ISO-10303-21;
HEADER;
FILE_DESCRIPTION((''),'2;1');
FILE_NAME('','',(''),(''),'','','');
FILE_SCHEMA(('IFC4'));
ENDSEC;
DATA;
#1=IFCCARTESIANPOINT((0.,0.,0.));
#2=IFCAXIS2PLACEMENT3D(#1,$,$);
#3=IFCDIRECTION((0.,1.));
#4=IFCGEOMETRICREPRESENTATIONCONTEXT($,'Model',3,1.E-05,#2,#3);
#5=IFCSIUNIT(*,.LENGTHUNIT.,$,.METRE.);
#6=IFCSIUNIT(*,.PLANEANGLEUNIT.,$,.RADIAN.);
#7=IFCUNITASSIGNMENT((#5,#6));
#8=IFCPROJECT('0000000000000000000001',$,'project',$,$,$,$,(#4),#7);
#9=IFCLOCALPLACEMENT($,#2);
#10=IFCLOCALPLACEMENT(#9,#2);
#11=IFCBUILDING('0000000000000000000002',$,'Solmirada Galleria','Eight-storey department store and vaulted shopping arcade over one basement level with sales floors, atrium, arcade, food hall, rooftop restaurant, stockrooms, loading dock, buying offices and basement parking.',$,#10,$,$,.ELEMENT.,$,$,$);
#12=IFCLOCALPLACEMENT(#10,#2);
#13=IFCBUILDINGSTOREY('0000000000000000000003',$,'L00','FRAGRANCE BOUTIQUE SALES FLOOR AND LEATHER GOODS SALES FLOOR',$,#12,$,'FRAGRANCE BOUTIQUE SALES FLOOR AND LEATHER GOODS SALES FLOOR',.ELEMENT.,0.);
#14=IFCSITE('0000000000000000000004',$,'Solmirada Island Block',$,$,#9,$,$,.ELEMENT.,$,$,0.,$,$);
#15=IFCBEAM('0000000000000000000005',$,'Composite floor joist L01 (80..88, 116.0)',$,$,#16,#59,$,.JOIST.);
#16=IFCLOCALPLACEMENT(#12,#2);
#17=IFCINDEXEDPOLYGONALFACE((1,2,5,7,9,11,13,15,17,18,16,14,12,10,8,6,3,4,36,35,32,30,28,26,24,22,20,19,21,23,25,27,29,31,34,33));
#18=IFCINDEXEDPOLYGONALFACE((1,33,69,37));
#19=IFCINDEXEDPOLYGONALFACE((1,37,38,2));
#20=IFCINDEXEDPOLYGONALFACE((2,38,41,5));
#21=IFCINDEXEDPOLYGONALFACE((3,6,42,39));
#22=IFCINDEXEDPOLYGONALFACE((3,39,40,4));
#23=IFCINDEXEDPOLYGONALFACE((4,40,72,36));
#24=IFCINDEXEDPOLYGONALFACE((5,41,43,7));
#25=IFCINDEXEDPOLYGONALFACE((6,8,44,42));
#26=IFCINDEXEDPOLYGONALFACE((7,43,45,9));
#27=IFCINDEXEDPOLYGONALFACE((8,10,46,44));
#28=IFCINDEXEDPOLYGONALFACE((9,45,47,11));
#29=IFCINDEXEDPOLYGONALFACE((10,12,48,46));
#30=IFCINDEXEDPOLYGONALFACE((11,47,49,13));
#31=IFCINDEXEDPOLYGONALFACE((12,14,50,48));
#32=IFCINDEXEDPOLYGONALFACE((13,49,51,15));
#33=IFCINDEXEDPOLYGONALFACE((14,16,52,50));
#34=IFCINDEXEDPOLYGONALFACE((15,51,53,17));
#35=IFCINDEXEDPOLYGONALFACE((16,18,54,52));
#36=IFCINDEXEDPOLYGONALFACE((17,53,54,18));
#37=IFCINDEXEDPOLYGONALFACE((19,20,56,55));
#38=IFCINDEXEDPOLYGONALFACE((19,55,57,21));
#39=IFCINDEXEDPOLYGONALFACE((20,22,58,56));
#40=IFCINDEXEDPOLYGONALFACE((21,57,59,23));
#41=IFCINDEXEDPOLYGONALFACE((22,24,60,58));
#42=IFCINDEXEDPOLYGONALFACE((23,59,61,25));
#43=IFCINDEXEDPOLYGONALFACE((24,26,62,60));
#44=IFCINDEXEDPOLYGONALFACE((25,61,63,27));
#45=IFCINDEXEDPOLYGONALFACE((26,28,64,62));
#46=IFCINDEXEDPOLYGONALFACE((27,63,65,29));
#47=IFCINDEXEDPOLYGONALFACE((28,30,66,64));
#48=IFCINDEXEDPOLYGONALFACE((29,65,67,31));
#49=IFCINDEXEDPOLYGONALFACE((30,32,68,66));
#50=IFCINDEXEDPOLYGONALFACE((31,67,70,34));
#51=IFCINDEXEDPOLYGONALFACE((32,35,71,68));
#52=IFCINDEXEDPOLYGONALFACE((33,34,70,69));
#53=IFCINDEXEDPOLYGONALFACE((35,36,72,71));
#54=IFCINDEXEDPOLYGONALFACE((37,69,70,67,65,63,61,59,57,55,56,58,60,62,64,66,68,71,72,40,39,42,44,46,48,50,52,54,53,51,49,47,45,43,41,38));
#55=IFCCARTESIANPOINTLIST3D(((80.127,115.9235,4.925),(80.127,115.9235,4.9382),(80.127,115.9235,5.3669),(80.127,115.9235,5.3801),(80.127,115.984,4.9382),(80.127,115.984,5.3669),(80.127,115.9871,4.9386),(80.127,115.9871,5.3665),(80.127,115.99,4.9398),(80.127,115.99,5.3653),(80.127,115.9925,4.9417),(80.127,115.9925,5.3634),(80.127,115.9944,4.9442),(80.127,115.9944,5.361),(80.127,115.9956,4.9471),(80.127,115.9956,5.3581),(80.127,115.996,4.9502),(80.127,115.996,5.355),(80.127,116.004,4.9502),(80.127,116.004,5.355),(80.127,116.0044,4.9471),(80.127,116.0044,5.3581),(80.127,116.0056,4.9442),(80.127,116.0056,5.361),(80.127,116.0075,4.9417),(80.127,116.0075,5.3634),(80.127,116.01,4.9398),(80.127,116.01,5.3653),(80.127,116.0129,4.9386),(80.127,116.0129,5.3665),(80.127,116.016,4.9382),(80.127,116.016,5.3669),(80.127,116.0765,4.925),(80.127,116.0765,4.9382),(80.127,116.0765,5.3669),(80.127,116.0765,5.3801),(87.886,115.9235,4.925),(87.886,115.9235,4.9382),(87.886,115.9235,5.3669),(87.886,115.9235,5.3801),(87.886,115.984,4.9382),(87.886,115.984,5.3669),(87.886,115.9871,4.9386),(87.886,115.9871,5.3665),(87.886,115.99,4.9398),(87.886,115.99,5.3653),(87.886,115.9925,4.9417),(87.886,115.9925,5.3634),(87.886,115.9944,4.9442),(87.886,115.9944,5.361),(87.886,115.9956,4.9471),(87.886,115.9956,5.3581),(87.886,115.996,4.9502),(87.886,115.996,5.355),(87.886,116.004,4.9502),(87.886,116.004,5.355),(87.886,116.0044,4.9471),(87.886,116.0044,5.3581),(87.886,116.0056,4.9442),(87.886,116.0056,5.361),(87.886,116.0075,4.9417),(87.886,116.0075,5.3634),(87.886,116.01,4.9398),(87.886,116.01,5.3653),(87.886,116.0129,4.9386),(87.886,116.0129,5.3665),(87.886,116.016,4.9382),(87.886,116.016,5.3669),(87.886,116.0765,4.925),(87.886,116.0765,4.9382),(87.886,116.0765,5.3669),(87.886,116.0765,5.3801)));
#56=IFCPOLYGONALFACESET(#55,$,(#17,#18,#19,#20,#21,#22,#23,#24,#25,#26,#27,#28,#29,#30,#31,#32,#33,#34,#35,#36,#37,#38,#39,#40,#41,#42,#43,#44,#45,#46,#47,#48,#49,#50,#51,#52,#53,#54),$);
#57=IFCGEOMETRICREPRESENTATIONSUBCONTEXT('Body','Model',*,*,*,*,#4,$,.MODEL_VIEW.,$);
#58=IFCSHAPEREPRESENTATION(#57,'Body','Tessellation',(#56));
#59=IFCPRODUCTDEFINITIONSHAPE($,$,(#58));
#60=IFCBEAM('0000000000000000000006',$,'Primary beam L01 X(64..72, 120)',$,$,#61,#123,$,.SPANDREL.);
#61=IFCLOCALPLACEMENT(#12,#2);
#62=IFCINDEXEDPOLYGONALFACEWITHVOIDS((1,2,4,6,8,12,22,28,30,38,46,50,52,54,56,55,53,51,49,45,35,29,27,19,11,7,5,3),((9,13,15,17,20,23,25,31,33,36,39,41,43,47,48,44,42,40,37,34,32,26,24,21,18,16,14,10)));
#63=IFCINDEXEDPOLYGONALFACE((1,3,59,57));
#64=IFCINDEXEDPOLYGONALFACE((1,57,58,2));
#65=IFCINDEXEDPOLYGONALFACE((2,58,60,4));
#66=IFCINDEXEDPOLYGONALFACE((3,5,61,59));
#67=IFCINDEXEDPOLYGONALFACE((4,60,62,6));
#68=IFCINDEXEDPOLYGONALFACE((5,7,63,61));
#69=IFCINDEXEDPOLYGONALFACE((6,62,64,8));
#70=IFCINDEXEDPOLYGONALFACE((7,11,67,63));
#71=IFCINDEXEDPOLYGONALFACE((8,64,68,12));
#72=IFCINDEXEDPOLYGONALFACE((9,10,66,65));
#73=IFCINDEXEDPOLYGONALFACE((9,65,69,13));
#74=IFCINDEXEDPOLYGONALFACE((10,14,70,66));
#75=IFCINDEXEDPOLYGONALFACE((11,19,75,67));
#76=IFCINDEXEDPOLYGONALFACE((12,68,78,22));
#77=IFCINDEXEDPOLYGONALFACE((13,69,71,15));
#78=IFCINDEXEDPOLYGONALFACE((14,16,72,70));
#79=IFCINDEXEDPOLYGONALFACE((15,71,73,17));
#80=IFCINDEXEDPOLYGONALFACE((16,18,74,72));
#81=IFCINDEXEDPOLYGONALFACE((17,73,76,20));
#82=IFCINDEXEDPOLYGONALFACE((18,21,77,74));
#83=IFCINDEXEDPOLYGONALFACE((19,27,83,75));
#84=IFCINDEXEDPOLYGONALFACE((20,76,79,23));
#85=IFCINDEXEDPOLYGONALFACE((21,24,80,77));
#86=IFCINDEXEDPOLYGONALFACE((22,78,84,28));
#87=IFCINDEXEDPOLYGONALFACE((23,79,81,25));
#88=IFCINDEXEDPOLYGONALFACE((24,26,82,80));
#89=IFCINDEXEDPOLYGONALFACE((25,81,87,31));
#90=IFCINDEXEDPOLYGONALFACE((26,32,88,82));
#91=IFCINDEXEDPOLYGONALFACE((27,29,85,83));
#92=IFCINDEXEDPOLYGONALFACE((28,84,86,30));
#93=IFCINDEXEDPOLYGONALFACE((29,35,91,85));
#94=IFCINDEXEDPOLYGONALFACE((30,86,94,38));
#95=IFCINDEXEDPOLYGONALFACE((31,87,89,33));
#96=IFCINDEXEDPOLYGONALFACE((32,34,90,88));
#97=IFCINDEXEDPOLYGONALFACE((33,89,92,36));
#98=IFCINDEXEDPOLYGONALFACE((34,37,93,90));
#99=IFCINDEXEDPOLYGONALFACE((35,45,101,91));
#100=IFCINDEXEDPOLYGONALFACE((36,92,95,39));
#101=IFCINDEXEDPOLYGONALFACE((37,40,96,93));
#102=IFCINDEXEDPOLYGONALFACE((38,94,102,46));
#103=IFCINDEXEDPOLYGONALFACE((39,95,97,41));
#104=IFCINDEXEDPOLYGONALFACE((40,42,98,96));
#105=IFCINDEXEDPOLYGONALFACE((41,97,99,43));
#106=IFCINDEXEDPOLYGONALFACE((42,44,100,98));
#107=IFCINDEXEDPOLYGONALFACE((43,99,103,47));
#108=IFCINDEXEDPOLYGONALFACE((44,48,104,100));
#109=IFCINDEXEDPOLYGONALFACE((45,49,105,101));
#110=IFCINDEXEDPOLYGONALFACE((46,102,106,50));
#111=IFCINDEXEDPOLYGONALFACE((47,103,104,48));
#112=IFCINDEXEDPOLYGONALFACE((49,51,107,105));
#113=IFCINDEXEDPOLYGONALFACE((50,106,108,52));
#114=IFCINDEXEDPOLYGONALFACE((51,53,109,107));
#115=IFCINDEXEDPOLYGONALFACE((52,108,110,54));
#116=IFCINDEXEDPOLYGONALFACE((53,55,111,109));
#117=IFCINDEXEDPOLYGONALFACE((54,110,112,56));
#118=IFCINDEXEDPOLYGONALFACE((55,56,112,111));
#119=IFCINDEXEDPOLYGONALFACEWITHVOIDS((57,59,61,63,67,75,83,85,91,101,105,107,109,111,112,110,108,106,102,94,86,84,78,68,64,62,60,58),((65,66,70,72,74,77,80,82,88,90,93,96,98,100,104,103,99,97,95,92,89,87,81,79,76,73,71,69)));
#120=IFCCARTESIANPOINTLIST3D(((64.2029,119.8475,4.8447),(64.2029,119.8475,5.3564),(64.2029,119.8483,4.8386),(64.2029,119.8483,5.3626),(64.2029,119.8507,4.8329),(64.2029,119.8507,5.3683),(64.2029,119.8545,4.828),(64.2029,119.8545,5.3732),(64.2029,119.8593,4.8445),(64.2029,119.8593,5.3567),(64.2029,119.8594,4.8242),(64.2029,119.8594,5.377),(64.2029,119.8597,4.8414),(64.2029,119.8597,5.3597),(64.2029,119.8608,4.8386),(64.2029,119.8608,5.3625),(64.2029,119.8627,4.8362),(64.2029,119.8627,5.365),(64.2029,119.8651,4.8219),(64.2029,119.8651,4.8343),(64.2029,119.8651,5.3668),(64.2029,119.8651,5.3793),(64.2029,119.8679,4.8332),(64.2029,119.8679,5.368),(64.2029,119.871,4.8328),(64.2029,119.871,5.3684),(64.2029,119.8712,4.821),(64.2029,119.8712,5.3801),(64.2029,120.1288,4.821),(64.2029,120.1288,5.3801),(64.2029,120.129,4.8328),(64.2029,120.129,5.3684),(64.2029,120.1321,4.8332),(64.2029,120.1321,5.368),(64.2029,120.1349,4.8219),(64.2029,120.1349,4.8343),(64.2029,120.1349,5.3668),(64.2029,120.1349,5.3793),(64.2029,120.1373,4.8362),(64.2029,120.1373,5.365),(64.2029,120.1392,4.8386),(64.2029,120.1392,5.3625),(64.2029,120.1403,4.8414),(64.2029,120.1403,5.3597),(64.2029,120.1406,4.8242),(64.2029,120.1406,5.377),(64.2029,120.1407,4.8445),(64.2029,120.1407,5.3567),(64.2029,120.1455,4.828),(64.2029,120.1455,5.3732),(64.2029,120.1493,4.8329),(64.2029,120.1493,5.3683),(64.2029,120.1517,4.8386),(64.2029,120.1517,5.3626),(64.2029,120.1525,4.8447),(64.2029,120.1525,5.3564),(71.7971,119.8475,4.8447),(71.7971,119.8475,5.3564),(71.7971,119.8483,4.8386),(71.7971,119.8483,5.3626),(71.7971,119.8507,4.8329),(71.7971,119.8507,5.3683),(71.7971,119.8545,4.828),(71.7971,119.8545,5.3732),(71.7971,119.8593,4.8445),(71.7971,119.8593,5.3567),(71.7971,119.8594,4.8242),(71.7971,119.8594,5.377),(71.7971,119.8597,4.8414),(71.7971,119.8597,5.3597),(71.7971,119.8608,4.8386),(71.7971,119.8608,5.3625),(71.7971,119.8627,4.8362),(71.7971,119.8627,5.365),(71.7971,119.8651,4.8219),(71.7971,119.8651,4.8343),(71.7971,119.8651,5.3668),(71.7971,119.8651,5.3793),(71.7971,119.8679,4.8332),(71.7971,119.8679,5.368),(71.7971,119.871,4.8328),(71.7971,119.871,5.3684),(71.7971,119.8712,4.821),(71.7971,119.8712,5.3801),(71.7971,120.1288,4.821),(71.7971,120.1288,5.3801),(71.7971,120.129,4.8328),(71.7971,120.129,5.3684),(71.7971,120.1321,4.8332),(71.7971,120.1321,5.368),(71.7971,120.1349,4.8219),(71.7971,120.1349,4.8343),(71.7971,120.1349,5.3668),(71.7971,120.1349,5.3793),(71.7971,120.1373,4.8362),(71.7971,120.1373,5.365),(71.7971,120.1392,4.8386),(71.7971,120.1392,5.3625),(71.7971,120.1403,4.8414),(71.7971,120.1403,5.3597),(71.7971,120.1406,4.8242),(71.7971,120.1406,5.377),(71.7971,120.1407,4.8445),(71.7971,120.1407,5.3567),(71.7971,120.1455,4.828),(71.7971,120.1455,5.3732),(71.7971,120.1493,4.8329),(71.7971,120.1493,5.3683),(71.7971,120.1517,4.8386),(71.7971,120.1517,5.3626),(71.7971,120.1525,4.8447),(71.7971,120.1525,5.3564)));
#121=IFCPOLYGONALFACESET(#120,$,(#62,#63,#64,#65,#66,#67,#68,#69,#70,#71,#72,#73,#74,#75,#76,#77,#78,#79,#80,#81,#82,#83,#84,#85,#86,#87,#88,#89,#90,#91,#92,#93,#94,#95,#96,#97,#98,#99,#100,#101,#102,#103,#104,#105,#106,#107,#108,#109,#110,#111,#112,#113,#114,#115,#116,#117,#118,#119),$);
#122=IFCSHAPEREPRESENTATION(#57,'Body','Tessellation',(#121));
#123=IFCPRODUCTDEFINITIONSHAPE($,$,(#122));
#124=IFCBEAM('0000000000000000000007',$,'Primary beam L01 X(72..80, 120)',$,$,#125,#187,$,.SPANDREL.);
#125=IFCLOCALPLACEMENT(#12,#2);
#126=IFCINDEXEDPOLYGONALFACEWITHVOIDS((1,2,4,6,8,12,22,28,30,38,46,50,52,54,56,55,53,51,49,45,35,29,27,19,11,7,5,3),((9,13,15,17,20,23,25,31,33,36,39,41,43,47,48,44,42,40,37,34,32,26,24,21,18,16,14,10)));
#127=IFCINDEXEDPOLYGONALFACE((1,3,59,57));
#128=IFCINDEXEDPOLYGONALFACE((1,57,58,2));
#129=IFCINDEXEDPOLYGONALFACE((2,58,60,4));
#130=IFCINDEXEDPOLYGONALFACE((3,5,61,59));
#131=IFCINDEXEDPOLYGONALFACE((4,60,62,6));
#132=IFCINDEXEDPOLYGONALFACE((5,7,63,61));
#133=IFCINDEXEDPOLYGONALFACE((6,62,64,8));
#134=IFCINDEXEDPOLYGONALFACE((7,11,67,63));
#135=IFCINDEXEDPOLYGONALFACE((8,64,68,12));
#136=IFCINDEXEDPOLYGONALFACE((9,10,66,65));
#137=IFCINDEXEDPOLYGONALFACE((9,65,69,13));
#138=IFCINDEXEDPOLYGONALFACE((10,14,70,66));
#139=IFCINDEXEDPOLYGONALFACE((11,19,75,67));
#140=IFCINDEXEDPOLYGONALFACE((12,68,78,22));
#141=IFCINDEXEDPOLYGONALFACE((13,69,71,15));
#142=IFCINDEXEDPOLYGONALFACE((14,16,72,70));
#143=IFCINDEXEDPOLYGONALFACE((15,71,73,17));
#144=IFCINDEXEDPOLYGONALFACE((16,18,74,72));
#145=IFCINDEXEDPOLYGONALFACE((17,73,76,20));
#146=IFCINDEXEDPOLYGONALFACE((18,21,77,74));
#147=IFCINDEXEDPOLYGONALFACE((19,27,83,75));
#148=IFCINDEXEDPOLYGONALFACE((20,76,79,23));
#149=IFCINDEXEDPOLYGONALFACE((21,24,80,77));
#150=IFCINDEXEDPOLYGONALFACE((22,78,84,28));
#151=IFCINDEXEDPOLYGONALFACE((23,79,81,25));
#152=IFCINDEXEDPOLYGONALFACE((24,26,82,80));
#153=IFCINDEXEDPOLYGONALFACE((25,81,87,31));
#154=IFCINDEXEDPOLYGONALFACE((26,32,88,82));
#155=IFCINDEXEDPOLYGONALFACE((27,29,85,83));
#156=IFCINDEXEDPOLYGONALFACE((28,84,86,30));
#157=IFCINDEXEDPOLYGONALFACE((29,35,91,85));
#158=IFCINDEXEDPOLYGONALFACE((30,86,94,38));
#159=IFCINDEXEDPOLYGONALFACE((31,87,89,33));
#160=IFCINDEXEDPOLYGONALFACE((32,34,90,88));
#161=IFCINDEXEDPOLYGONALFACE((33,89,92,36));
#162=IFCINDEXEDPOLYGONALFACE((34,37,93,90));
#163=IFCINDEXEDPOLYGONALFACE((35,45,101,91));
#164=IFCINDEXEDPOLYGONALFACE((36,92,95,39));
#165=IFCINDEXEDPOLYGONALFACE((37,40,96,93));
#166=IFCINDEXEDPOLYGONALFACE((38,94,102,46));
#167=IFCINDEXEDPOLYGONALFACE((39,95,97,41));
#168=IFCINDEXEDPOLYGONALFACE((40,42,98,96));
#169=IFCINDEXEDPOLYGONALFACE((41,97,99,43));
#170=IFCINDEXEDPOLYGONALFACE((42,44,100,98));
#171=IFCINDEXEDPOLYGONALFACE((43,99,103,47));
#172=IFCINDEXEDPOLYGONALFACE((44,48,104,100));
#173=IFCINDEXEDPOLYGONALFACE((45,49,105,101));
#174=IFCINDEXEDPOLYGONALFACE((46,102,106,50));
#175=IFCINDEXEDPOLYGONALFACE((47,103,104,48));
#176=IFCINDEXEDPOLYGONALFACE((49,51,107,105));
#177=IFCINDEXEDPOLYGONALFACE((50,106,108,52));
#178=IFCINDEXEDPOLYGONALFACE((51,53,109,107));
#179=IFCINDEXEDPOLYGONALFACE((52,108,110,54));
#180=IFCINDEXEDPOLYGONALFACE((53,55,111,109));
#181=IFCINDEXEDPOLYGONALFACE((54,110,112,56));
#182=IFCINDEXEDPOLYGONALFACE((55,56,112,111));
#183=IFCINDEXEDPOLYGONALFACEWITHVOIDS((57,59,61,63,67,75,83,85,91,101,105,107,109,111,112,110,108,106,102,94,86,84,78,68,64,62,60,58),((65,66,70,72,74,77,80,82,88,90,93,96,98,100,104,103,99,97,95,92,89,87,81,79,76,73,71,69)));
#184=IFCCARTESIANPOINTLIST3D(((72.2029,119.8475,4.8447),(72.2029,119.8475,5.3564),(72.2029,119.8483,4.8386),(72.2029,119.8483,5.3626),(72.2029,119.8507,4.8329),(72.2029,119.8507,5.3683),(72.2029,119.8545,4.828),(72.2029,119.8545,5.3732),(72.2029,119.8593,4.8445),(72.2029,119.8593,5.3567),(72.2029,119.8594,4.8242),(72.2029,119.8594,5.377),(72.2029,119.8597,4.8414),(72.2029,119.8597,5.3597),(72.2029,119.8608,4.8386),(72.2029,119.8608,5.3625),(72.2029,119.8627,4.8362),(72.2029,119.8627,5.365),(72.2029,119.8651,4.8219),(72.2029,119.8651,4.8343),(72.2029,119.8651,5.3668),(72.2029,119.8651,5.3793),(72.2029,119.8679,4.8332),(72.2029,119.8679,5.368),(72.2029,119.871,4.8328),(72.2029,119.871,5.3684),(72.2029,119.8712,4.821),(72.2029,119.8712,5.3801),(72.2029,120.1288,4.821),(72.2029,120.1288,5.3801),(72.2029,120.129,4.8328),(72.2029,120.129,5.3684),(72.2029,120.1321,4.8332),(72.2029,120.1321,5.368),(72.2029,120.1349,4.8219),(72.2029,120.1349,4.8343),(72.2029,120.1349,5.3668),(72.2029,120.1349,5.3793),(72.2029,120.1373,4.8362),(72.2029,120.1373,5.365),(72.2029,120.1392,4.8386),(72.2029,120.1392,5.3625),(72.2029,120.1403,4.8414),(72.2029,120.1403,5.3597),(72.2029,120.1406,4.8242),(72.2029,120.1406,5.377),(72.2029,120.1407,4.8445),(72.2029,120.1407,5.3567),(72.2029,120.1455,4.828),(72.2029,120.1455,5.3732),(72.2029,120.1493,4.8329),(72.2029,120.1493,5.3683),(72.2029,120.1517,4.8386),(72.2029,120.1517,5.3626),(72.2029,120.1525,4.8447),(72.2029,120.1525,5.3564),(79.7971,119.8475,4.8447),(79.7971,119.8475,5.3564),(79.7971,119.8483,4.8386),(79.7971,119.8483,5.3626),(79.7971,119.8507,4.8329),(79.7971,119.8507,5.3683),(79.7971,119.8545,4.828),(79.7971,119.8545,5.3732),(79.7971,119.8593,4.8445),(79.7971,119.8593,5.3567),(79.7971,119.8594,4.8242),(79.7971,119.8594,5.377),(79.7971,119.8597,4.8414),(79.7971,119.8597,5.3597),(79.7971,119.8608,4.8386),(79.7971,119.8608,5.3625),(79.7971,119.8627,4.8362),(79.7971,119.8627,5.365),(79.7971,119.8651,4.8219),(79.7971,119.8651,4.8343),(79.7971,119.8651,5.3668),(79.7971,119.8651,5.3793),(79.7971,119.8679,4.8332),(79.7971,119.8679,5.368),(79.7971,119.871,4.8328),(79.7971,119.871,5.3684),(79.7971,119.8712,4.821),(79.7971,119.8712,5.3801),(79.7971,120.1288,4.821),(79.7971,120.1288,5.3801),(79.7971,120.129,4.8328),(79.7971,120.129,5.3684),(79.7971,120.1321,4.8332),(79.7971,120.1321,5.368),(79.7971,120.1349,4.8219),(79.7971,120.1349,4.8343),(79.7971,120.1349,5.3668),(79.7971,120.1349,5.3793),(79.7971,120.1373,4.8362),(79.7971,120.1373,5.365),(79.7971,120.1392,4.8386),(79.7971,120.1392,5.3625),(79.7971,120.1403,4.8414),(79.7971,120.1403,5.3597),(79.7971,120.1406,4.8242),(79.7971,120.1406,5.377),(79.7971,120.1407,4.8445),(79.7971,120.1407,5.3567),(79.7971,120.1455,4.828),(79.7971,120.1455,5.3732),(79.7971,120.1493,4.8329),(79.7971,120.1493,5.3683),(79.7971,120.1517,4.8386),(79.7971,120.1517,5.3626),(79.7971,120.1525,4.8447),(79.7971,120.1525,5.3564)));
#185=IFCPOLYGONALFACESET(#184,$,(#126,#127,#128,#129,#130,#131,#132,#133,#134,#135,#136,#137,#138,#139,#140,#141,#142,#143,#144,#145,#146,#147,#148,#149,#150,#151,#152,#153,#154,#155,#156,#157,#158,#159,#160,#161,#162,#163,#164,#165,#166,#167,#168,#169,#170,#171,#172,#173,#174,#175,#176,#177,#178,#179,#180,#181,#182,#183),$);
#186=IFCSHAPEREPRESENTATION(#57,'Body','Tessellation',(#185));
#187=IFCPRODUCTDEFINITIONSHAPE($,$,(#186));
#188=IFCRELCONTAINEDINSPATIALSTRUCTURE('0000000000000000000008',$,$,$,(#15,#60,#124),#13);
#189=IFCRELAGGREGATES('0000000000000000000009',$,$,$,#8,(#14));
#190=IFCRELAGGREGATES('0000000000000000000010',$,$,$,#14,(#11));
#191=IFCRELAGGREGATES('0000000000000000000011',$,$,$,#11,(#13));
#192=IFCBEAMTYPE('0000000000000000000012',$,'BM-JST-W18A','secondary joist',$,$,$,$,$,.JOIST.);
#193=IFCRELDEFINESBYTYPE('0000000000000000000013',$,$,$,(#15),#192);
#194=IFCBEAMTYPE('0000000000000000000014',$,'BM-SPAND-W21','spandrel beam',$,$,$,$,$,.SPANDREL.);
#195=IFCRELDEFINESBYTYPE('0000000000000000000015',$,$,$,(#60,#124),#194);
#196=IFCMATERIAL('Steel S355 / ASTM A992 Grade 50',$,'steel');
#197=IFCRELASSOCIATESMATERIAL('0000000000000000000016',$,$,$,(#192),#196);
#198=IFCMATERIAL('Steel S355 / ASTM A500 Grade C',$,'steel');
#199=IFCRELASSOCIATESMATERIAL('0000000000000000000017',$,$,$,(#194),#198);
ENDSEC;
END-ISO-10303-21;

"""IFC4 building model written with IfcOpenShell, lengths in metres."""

from ifc_helpers import new_model, si_unit, direction, frame, origin, origin_2d, place, context, subcontext, project, spatial, hollow_rectangle, i_section, extrude, material, material_profile, profile_set, type_object, element, save


model = new_model("IFC4")

# Units and contexts
model_context = context("Model", 3, precision=1e-05, world=origin(), true_north=direction((0.0, 1.0)))
body_context = subcontext(model_context, "Body", "Model", "MODEL_VIEW")
ifc_project = project(units=[si_unit("LENGTHUNIT", "METRE"), si_unit("PLANEANGLEUNIT", "RADIAN")], contexts=[model_context])

# Site, building, storey
site_placement = place(None, origin())
site = spatial("IfcSite", under=ifc_project, at=site_placement, Name="Solmirada Island Block", CompositionType="ELEMENT", RefElevation=0.0)
building_placement = place(site_placement, origin())
building = spatial("IfcBuilding", under=site, at=building_placement, Name="Solmirada Galleria", Description="Eight-storey department store and vaulted shopping arcade over one basement level with sales floors, atrium, arcade, food hall, rooftop restaurant, stockrooms, loading dock, buying offices and basement parking.", CompositionType="ELEMENT")
storey_placement = place(building_placement, origin())
storey = spatial("IfcBuildingStorey", under=building, at=storey_placement, Name="L00", Description="FRAGRANCE BOUTIQUE SALES FLOOR AND LEATHER GOODS SALES FLOOR", LongName="FRAGRANCE BOUTIQUE SALES FLOOR AND LEATHER GOODS SALES FLOOR", CompositionType="ELEMENT", Elevation=0.0)

# Shared definitions
ifc_material_1 = material(Name="Steel S355 / ASTM A500 Grade C", Category="steel")

# Beams
ifc_material_2 = material(Name="Steel S355 / ASTM A992 Grade 50", Category="steel")
ifc_material_profile_1 = material_profile(ifc_material_2, i_section(OverallWidth=0.1531, OverallDepth=0.4551, WebThickness=0.0081, FlangeThickness=0.0132, FilletRadius=0.012, at=origin_2d()), Name="W18X40")
ifc_profile_set_1 = profile_set([ifc_material_profile_1], Name="Steel S355 / ASTM A992 Grade 50")
beam_type_1 = type_object("IfcBeamType", Name="BM-JST-W18A", Description="secondary joist", PredefinedType="JOIST", material=ifc_profile_set_1)
beam_1_placement = place(storey_placement, frame((80.127, 116.0, 5.1526), z_axis=(1.0, 0.0, 0.0), x_axis=(0.0, 1.0, 0.0)))
element("IfcBeam", 1, at=beam_1_placement, inside=storey, type_object=beam_type_1, Name="Composite floor joist L01 (80..88, 116.0)", PredefinedType="JOIST", context=body_context, shape_type="SweptSolid", body=[
    extrude(i_section(OverallWidth=0.1531, OverallDepth=0.4551, WebThickness=0.0081, FlangeThickness=0.0132, FilletRadius=0.012, at=origin_2d()), origin(), (0.0, 0.0, 1.0), 7.759),
])
ifc_material_profile_2 = material_profile(ifc_material_1, hollow_rectangle(XDim=0.3049, YDim=0.5591, WallThickness=0.0117, InnerFilletRadius=0.0117, OuterFilletRadius=0.0237, at=origin_2d()), Name="HSS22X12X1/2")
ifc_profile_set_2 = profile_set([ifc_material_profile_2], Name="Steel S355 / ASTM A500 Grade C")
beam_type_2 = type_object("IfcBeamType", Name="BM-SPAND-W21", Description="spandrel beam", PredefinedType="SPANDREL", material=ifc_profile_set_2)
for number, where, z_axis, x_axis, name in (
    (2, (64.2029, 120.0, 5.1006), (1.0, 0.0, 0.0), (0.0, 1.0, 0.0), "Primary beam L01 X(64..72, 120)"),
    (3, (72.2029, 120.0, 5.1006), (1.0, 0.0, 0.0), (0.0, 1.0, 0.0), "Primary beam L01 X(72..80, 120)"),
):
    element("IfcBeam", number, at=place(storey_placement, frame(where, z_axis=z_axis, x_axis=x_axis)), inside=storey, type_object=beam_type_2, Name=name, PredefinedType="SPANDREL", context=body_context, shape_type="SweptSolid", body=[
        extrude(hollow_rectangle(XDim=0.3049, YDim=0.5591, WallThickness=0.0117, InnerFilletRadius=0.0117, OuterFilletRadius=0.0237, at=origin_2d()), origin(), (0.0, 0.0, 1.0), 7.5942),
    ])

save(model, "model.ifc")
